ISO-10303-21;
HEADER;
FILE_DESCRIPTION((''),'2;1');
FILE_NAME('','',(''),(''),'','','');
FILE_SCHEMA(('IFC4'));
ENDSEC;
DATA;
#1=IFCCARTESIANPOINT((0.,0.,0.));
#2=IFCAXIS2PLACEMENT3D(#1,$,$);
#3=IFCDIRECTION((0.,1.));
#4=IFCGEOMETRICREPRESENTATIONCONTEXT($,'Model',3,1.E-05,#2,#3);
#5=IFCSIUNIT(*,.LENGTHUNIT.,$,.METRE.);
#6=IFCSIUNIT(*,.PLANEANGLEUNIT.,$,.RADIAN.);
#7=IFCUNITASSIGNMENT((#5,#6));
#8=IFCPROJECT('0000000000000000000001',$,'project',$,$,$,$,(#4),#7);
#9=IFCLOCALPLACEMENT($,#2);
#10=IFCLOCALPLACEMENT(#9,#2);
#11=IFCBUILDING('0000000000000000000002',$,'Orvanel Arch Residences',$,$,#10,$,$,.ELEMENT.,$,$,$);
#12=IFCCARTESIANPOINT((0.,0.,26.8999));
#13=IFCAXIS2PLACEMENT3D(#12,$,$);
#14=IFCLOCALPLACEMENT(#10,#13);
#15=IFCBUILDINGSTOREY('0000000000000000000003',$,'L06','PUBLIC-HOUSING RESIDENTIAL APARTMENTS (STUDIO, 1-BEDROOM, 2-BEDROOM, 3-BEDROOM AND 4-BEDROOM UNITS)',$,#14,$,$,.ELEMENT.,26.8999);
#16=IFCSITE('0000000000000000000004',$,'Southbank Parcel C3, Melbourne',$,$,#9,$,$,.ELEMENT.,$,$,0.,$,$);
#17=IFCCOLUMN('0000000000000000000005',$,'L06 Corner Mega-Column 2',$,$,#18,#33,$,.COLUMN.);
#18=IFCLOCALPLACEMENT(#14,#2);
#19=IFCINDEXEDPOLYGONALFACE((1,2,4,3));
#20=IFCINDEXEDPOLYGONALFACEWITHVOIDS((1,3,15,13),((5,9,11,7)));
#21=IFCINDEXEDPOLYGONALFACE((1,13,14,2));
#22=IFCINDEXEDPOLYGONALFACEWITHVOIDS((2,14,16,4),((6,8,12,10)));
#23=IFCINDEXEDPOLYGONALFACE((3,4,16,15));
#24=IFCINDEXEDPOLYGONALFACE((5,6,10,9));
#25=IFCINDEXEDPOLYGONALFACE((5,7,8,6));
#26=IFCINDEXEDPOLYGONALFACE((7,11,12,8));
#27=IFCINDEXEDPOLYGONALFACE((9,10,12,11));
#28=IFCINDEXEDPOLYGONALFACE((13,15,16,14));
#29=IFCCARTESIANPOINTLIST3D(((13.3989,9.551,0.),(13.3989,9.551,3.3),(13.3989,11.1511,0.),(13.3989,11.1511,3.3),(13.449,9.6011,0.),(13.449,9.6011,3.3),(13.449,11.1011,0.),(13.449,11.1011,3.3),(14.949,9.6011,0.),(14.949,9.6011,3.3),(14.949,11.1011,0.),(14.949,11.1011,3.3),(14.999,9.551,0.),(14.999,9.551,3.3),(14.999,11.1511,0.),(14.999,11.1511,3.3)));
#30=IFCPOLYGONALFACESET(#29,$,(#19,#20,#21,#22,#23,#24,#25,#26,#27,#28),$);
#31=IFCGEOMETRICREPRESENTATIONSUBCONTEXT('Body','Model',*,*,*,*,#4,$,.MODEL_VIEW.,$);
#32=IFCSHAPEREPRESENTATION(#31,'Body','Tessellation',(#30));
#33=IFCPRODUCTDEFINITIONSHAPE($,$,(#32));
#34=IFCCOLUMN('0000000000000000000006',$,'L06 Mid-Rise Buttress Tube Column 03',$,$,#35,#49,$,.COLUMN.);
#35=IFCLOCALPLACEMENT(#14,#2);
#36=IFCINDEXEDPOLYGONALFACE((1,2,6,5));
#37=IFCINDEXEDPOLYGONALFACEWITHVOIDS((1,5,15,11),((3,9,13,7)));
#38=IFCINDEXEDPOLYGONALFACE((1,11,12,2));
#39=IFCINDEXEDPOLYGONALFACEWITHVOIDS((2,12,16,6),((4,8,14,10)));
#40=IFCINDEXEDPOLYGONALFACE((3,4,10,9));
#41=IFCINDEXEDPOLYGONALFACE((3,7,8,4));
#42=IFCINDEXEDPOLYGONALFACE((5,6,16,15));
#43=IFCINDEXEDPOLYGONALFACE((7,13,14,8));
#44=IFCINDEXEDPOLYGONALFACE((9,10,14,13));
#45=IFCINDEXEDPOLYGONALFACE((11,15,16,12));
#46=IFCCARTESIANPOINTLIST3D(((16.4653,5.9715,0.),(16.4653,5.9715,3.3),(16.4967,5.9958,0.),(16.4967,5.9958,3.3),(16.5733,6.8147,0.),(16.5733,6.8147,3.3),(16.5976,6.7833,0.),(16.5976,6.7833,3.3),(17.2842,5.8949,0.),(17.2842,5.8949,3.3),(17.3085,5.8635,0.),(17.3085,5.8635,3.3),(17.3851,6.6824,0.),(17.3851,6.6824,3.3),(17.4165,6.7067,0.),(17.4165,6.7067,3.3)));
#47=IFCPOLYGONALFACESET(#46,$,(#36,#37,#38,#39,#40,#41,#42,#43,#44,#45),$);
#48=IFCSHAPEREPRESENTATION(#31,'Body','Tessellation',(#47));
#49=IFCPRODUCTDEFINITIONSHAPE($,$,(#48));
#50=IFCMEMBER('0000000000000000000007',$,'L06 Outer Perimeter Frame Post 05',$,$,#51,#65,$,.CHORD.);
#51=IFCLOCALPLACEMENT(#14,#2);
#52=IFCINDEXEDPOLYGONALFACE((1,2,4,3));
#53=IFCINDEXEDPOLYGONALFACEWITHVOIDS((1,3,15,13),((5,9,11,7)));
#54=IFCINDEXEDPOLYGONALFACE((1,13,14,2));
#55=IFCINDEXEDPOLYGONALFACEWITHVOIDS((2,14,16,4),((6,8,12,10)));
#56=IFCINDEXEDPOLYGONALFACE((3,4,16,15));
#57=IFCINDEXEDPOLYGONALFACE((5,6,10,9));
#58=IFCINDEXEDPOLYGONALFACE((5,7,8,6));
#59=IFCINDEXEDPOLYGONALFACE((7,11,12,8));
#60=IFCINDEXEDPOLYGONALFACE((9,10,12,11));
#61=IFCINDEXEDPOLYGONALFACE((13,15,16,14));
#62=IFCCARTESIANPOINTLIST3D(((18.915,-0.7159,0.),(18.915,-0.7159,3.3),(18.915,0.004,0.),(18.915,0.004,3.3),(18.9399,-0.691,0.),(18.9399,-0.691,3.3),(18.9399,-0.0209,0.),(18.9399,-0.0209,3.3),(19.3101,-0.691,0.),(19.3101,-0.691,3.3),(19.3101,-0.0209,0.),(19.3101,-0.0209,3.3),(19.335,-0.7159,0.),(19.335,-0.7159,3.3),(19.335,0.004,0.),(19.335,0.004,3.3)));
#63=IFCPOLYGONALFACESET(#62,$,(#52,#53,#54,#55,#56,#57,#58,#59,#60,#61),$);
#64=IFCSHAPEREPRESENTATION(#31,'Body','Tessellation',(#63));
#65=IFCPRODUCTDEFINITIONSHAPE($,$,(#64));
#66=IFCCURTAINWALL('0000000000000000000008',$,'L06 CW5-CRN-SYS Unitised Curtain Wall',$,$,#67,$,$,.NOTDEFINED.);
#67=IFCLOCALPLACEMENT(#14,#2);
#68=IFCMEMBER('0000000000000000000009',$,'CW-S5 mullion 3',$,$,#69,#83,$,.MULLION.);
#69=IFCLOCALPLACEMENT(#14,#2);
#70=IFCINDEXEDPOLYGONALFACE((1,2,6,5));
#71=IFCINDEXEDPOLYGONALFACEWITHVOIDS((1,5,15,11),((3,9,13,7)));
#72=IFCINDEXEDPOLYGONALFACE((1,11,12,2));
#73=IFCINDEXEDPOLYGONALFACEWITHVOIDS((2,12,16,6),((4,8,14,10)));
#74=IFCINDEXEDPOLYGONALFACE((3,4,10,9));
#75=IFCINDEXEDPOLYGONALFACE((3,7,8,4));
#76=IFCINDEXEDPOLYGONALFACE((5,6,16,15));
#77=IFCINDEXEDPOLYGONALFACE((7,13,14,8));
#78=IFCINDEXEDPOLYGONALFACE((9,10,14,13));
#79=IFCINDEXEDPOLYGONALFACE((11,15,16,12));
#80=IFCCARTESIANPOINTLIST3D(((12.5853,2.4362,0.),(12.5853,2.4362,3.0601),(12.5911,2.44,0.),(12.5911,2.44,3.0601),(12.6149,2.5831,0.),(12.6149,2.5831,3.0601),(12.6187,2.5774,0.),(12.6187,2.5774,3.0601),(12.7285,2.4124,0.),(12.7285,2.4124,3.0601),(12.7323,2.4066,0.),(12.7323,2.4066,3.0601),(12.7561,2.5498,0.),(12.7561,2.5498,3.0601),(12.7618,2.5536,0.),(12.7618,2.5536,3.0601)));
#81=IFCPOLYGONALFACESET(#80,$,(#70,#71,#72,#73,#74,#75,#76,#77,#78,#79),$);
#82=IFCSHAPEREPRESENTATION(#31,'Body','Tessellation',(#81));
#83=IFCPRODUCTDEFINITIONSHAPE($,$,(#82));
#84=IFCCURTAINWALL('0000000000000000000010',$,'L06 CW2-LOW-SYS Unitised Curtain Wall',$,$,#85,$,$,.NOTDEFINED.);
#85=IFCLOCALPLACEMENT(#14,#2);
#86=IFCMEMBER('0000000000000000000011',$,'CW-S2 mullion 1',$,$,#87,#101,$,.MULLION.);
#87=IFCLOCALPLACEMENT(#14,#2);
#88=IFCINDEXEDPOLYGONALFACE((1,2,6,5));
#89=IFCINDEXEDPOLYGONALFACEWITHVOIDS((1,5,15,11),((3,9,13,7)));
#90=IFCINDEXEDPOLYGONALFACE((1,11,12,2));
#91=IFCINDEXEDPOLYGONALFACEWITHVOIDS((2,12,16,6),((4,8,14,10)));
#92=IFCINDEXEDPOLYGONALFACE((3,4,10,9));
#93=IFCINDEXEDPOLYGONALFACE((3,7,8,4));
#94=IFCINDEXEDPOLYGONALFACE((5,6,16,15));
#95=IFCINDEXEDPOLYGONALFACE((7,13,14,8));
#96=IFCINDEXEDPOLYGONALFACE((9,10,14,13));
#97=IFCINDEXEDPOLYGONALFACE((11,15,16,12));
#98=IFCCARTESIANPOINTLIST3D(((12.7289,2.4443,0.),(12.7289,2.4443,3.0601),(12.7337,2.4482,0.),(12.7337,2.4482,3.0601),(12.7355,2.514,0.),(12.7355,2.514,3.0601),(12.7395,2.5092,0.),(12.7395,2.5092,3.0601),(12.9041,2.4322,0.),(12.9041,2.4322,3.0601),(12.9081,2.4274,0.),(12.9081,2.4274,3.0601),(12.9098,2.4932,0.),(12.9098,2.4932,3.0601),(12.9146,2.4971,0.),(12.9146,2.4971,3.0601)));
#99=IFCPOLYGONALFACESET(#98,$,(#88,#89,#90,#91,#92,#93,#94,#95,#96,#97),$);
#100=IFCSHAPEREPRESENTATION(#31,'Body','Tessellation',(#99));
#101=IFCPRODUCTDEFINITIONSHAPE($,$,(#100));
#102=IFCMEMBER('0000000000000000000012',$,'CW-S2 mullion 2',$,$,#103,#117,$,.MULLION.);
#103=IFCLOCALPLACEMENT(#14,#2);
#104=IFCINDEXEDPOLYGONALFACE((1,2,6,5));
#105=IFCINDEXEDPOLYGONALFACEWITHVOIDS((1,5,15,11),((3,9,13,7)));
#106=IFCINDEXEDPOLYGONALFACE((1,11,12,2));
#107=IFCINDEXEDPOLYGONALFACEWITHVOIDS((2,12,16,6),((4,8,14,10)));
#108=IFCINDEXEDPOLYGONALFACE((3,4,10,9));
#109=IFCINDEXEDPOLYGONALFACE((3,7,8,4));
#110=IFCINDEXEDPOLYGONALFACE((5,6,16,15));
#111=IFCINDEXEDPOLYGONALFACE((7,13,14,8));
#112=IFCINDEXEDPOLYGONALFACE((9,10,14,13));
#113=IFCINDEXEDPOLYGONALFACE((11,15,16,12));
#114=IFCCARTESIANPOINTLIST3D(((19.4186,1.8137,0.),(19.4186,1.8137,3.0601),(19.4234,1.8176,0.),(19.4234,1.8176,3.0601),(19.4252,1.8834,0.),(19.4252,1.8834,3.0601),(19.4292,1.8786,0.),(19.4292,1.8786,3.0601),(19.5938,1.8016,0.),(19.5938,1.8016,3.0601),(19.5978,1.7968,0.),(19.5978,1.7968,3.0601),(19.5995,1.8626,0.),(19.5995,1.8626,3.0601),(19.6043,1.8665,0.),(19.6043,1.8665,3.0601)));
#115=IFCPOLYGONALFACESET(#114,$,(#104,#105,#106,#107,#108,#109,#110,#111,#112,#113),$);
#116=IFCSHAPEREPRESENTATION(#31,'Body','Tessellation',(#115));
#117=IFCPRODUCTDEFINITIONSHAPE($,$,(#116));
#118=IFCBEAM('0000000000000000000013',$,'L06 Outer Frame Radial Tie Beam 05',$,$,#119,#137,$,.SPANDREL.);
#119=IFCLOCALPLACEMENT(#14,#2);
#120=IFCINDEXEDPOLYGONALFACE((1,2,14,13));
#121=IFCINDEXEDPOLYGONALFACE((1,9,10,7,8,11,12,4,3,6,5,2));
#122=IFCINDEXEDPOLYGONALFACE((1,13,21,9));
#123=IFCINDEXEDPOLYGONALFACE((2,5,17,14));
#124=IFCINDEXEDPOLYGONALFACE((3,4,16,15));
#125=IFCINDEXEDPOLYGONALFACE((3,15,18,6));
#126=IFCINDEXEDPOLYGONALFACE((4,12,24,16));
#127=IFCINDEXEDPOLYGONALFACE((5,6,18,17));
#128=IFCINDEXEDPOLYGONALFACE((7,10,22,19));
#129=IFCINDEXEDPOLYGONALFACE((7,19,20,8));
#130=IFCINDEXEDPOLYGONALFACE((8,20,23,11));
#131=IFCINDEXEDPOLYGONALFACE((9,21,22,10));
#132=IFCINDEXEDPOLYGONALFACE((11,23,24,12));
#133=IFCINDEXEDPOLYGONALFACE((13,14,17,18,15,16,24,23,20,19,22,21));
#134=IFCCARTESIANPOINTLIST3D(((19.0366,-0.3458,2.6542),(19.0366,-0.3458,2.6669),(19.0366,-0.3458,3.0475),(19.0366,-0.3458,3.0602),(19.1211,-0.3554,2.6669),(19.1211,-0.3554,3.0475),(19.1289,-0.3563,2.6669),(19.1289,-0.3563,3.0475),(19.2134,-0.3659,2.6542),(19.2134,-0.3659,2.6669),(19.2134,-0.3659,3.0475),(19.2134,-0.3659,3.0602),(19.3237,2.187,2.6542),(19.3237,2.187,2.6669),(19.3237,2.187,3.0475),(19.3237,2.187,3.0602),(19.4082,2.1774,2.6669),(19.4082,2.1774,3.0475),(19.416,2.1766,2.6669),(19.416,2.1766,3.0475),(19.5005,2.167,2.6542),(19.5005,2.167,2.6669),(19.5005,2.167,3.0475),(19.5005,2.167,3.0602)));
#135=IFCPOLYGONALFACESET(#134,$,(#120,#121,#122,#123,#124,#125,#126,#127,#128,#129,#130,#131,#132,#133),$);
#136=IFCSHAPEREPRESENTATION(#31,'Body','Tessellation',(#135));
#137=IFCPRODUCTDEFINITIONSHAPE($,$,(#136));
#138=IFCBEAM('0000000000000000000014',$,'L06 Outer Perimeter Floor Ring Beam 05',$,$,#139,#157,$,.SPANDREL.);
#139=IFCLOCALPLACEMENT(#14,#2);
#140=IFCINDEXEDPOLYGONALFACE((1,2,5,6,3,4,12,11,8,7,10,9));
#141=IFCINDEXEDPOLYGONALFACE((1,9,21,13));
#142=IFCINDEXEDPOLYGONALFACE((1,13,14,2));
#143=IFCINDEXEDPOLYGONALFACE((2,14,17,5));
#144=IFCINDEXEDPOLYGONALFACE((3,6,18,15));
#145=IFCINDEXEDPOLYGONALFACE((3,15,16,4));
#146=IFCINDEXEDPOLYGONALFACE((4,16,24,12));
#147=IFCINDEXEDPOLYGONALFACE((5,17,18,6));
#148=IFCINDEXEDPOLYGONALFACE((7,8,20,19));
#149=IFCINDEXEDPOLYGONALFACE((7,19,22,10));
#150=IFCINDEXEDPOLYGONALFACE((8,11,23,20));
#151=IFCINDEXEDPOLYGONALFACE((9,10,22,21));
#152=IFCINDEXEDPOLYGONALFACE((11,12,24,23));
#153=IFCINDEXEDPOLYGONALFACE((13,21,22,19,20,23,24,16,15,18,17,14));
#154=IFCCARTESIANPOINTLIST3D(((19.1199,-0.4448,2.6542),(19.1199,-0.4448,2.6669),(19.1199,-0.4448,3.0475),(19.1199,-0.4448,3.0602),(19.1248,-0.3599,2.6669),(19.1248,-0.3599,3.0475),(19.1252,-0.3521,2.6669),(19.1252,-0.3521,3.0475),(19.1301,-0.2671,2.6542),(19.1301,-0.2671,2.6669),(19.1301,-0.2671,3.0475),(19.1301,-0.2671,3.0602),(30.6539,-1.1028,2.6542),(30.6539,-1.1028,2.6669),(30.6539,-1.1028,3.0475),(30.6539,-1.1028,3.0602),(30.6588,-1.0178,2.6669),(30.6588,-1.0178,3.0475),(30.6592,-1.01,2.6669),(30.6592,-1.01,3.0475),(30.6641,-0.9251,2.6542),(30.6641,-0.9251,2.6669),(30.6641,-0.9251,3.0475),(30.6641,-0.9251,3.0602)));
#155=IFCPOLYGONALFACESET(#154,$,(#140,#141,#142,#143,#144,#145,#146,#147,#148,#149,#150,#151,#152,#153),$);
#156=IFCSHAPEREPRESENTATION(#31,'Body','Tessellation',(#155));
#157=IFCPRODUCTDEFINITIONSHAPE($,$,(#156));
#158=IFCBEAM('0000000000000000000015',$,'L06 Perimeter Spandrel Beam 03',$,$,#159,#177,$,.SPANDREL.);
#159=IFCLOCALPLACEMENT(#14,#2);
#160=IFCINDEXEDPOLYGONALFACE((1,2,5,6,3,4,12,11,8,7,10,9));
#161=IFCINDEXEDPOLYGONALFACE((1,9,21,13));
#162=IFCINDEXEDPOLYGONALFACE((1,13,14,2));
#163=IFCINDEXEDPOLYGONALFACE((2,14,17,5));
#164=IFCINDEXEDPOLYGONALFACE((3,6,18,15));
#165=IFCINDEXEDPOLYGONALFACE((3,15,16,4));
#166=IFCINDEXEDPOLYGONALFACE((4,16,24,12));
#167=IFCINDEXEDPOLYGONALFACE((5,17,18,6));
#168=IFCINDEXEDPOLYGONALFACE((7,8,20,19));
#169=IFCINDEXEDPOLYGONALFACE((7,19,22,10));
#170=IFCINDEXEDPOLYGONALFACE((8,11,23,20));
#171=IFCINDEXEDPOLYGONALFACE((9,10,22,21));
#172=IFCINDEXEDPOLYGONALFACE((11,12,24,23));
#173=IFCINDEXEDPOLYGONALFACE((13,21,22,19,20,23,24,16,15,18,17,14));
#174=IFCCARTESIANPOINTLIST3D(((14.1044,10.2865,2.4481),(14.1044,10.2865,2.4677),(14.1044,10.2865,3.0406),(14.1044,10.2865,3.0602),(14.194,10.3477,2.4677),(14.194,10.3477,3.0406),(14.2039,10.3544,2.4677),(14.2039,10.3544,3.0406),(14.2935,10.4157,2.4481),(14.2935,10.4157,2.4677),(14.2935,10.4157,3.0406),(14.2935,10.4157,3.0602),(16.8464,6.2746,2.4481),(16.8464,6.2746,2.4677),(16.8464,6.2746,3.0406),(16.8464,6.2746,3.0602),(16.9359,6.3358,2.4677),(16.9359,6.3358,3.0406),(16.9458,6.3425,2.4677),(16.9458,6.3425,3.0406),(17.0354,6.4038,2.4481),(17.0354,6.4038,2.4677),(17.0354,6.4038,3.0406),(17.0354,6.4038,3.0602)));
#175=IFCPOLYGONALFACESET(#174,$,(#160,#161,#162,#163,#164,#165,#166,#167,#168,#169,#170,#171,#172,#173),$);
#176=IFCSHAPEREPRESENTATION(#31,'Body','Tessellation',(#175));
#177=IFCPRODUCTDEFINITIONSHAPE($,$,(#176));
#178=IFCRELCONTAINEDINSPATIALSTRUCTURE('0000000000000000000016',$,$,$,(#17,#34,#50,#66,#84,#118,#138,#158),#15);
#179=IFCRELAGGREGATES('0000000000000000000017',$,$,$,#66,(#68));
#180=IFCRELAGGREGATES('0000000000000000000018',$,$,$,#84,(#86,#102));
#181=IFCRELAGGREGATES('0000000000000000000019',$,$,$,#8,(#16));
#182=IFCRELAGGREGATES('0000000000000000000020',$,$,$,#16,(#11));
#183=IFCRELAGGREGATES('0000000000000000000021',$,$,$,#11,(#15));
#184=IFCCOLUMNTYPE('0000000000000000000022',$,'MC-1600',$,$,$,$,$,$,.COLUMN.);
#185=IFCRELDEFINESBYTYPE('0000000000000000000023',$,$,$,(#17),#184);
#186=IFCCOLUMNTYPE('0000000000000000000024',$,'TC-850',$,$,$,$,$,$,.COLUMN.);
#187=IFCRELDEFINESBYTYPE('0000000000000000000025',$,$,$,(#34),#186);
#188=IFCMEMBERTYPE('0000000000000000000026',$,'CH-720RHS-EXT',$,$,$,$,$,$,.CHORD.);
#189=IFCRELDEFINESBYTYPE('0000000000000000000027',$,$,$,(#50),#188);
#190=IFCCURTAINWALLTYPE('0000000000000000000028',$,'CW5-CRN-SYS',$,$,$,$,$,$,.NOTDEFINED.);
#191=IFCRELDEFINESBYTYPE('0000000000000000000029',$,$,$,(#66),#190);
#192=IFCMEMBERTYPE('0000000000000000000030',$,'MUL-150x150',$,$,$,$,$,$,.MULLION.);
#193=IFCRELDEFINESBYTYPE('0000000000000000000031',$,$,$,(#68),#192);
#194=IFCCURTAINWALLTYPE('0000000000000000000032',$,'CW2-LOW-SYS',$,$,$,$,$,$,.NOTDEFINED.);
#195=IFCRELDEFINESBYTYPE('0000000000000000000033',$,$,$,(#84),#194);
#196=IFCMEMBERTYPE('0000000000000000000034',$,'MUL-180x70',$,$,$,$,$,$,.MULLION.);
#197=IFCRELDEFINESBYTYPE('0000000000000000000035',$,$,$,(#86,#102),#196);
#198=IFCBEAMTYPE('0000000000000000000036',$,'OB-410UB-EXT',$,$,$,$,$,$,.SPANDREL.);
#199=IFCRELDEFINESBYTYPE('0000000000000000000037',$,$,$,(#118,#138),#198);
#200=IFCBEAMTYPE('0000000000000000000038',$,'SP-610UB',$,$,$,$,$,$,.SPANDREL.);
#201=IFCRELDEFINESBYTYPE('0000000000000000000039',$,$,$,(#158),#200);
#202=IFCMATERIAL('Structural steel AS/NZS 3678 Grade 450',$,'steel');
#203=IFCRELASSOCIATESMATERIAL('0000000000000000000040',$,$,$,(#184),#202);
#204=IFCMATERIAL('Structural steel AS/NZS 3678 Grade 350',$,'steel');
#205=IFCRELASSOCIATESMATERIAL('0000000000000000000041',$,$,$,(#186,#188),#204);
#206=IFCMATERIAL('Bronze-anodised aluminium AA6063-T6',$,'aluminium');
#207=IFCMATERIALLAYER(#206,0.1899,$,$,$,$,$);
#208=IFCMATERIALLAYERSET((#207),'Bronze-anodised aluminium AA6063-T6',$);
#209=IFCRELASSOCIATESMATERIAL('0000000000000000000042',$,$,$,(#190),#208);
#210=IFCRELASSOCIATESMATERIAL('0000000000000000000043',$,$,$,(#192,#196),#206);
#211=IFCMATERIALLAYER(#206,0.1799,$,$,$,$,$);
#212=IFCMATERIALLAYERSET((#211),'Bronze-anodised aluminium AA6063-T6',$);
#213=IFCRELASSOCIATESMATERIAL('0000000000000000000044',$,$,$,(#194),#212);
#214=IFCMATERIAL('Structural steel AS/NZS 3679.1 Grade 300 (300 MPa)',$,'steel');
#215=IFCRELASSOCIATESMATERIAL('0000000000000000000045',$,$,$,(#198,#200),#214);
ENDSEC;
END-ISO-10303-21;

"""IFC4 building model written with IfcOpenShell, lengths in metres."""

from ifc_helpers import new_model, si_unit, direction, frame, origin, origin_2d, place, context, subcontext, project, spatial, hollow_rectangle, i_section, extrude, material, layer, layer_set, material_profile, profile_set, type_object, element, aggregate, save


model = new_model("IFC4")

# Units and contexts
model_context = context("Model", 3, precision=1e-05, world=origin(), true_north=direction((0.0, 1.0)))
body_context = subcontext(model_context, "Body", "Model", "MODEL_VIEW")
ifc_project = project(units=[si_unit("LENGTHUNIT", "METRE"), si_unit("PLANEANGLEUNIT", "RADIAN")], contexts=[model_context])

# Site, building, storey
site_placement = place(None, origin())
site = spatial("IfcSite", under=ifc_project, at=site_placement, Name="Southbank Parcel C3, Melbourne", CompositionType="ELEMENT", RefElevation=0.0)
building_placement = place(site_placement, origin())
building = spatial("IfcBuilding", under=site, at=building_placement, Name="Orvanel Arch Residences", CompositionType="ELEMENT")
storey_placement = place(building_placement, frame((0.0, 0.0, 26.8999)))
storey = spatial("IfcBuildingStorey", under=building, at=storey_placement, Name="L06", Description="PUBLIC-HOUSING RESIDENTIAL APARTMENTS (STUDIO, 1-BEDROOM, 2-BEDROOM, 3-BEDROOM AND 4-BEDROOM UNITS)", CompositionType="ELEMENT", Elevation=26.8999)

# Columns
ifc_material_1 = material(Name="Structural steel AS/NZS 3678 Grade 450", Category="steel")
ifc_material_profile_1 = material_profile(ifc_material_1, hollow_rectangle(XDim=1.6001, YDim=1.6001, WallThickness=0.05, at=origin_2d()), Name="BOX1600x1600x50")
ifc_profile_set_1 = profile_set([ifc_material_profile_1], Name="Structural steel AS/NZS 3678 Grade 450")
column_type_1 = type_object("IfcColumnType", Name="MC-1600", PredefinedType="COLUMN", material=ifc_profile_set_1)
column_1_placement = place(storey_placement, frame((14.199, 10.3511, 0.0), z_axis=(0.0, 0.0, 1.0), x_axis=(1.0, 0.0, 0.0)))
element("IfcColumn", 1, at=column_1_placement, inside=storey, type_object=column_type_1, Name="L06 Corner Mega-Column 2", PredefinedType="COLUMN", context=body_context, shape_type="SweptSolid", body=[
    extrude(hollow_rectangle(XDim=1.6001, YDim=1.6001, WallThickness=0.05, at=origin_2d()), origin(), (0.0, 0.0, 1.0), 3.3),
])
ifc_material_2 = material(Name="Structural steel AS/NZS 3678 Grade 350", Category="steel")
ifc_material_profile_2 = material_profile(ifc_material_2, hollow_rectangle(XDim=0.8501, YDim=0.8501, WallThickness=0.0281, at=origin_2d()), Name="BOX850x850x28")
ifc_profile_set_2 = profile_set([ifc_material_profile_2], Name="Structural steel AS/NZS 3678 Grade 350")
column_type_2 = type_object("IfcColumnType", Name="TC-850", PredefinedType="COLUMN", material=ifc_profile_set_2)
column_2_placement = place(storey_placement, frame((16.9409, 6.3391, 0.0), z_axis=(0.0, 0.0, 1.0), x_axis=(-0.991894, 0.127065, 0.0)))
element("IfcColumn", 2, at=column_2_placement, inside=storey, type_object=column_type_2, Name="L06 Mid-Rise Buttress Tube Column 03", PredefinedType="COLUMN", context=body_context, shape_type="SweptSolid", body=[
    extrude(hollow_rectangle(XDim=0.8501, YDim=0.8501, WallThickness=0.0281, at=origin_2d()), origin(), (0.0, 0.0, 1.0), 3.3),
])

# Member
ifc_material_profile_3 = material_profile(ifc_material_2, hollow_rectangle(XDim=0.4199, YDim=0.72, WallThickness=0.0249, at=origin_2d()), Name="RHS720x420x25")
ifc_profile_set_3 = profile_set([ifc_material_profile_3], Name="Structural steel AS/NZS 3678 Grade 350")
member_type_1 = type_object("IfcMemberType", Name="CH-720RHS-EXT", PredefinedType="CHORD", material=ifc_profile_set_3)
member_1_placement = place(storey_placement, frame((19.125, -0.356, 0.0), z_axis=(0.0, 0.0, 1.0), x_axis=(1.0, 0.0, 0.0)))
element("IfcMember", 3, at=member_1_placement, inside=storey, type_object=member_type_1, Name="L06 Outer Perimeter Frame Post 05", PredefinedType="CHORD", context=body_context, shape_type="SweptSolid", body=[
    extrude(hollow_rectangle(XDim=0.4199, YDim=0.72, WallThickness=0.0249, at=origin_2d()), origin(), (0.0, 0.0, 1.0), 3.3),
])

# Curtain wall, member
ifc_material_3 = material(Name="Bronze-anodised aluminium AA6063-T6", Category="aluminium")
ifc_layer_1 = layer(ifc_material_3, 0.1899)
ifc_layer_set_1 = layer_set([ifc_layer_1], Name="Bronze-anodised aluminium AA6063-T6")
curtain_wall_type_1 = type_object("IfcCurtainWallType", Name="CW5-CRN-SYS", PredefinedType="NOTDEFINED", material=ifc_layer_set_1)
curtain_wall_1_placement = place(storey_placement, origin())
curtain_wall_1 = element("IfcCurtainWall", 4, at=curtain_wall_1_placement, inside=storey, type_object=curtain_wall_type_1, Name="L06 CW5-CRN-SYS Unitised Curtain Wall", PredefinedType="NOTDEFINED")
ifc_material_profile_4 = material_profile(ifc_material_3, hollow_rectangle(XDim=0.1499, YDim=0.1499, WallThickness=0.0049, at=origin_2d()), Name="ALU150x150x5")
ifc_profile_set_4 = profile_set([ifc_material_profile_4], Name="Bronze-anodised aluminium AA6063-T6")
member_type_2 = type_object("IfcMemberType", Name="MUL-150x150", PredefinedType="MULLION", material=ifc_profile_set_4)
member_2_placement = place(storey_placement, frame((12.6736, 2.4949, 0.0), z_axis=(0.0, 0.0, 1.0), x_axis=(0.197039, 0.980396, 0.0)))
member_2 = element("IfcMember", 5, at=member_2_placement, type_object=member_type_2, Name="CW-S5 mullion 3", PredefinedType="MULLION", context=body_context, shape_type="SweptSolid", body=[
    extrude(hollow_rectangle(XDim=0.1499, YDim=0.1499, WallThickness=0.0049, at=origin_2d()), origin(), (0.0, 0.0, 1.0), 3.0601),
])
aggregate(curtain_wall_1, [member_2])

# Curtain wall, members
ifc_layer_2 = layer(ifc_material_3, 0.1799)
ifc_layer_set_2 = layer_set([ifc_layer_2], Name="Bronze-anodised aluminium AA6063-T6")
curtain_wall_type_2 = type_object("IfcCurtainWallType", Name="CW2-LOW-SYS", PredefinedType="NOTDEFINED", material=ifc_layer_set_2)
curtain_wall_2_placement = place(storey_placement, origin())
curtain_wall_2 = element("IfcCurtainWall", 6, at=curtain_wall_2_placement, inside=storey, type_object=curtain_wall_type_2, Name="L06 CW2-LOW-SYS Unitised Curtain Wall", PredefinedType="NOTDEFINED")
ifc_material_profile_5 = material_profile(ifc_material_3, hollow_rectangle(XDim=0.0701, YDim=0.1799, WallThickness=0.0044, at=origin_2d()), Name="ALU180x70x4.5")
ifc_profile_set_5 = profile_set([ifc_material_profile_5], Name="Bronze-anodised aluminium AA6063-T6")
member_type_3 = type_object("IfcMemberType", Name="MUL-180x70", PredefinedType="MULLION", material=ifc_profile_set_5)
member_3_placement = place(storey_placement, frame((12.8218, 2.4707, 0.0), z_axis=(0.0, 0.0, 1.0), x_axis=(0.093866, 0.995585, 0.0)))
member_3 = element("IfcMember", 7, at=member_3_placement, type_object=member_type_3, Name="CW-S2 mullion 1", PredefinedType="MULLION", context=body_context, shape_type="SweptSolid", body=[
    extrude(hollow_rectangle(XDim=0.0701, YDim=0.1799, WallThickness=0.0044, at=origin_2d()), origin(), (0.0, 0.0, 1.0), 3.0601),
])
member_4_placement = place(storey_placement, frame((19.5115, 1.8401, 0.0), z_axis=(0.0, 0.0, 1.0), x_axis=(0.093866, 0.995585, 0.0)))
member_4 = element("IfcMember", 8, at=member_4_placement, type_object=member_type_3, Name="CW-S2 mullion 2", PredefinedType="MULLION", context=body_context, shape_type="SweptSolid", body=[
    extrude(hollow_rectangle(XDim=0.0701, YDim=0.1799, WallThickness=0.0044, at=origin_2d()), origin(), (0.0, 0.0, 1.0), 3.0601),
])

# Beams
ifc_material_4 = material(Name="Structural steel AS/NZS 3679.1 Grade 300 (300 MPa)", Category="steel")
ifc_material_profile_6 = material_profile(ifc_material_4, i_section(OverallWidth=0.178, OverallDepth=0.406, WebThickness=0.0078, FlangeThickness=0.0127, at=origin_2d()), Name="410UB59.7")
ifc_profile_set_6 = profile_set([ifc_material_profile_6], Name="Structural steel AS/NZS 3679.1 Grade 300 (300 MPa)")
beam_type_1 = type_object("IfcBeamType", Name="OB-410UB-EXT", PredefinedType="SPANDREL", material=ifc_profile_set_6)
beam_1_placement = place(storey_placement, frame((19.4121, 2.177, 2.8572), z_axis=(-0.112628, -0.993637, 0.0), x_axis=(0.993637, -0.112628, 0.0)))
element("IfcBeam", 9, at=beam_1_placement, inside=storey, type_object=beam_type_1, Name="L06 Outer Frame Radial Tie Beam 05", PredefinedType="SPANDREL", context=body_context, shape_type="SweptSolid", body=[
    extrude(i_section(OverallWidth=0.178, OverallDepth=0.406, WebThickness=0.0078, FlangeThickness=0.0127, at=origin_2d()), origin(), (0.0, 0.0, 1.0), 2.5491),
])
beam_2_placement = place(storey_placement, frame((19.125, -0.356, 2.8572), z_axis=(0.998377, -0.056953, 0.0), x_axis=(0.056953, 0.998377, 0.0)))
element("IfcBeam", 10, at=beam_2_placement, inside=storey, type_object=beam_type_1, Name="L06 Outer Perimeter Floor Ring Beam 05", PredefinedType="SPANDREL", context=body_context, shape_type="SweptSolid", body=[
    extrude(i_section(OverallWidth=0.178, OverallDepth=0.406, WebThickness=0.0078, FlangeThickness=0.0127, at=origin_2d()), origin(), (0.0, 0.0, 1.0), 11.5527),
])
ifc_material_profile_7 = material_profile(ifc_material_4, i_section(OverallWidth=0.229, OverallDepth=0.6121, WebThickness=0.012, FlangeThickness=0.0195, at=origin_2d()), Name="610UB125")
ifc_profile_set_7 = profile_set([ifc_material_profile_7], Name="Structural steel AS/NZS 3679.1 Grade 300 (300 MPa)")
beam_type_2 = type_object("IfcBeamType", Name="SP-610UB", PredefinedType="SPANDREL", material=ifc_profile_set_7)
beam_3_placement = place(storey_placement, frame((14.199, 10.3511, 2.7542), z_axis=(0.564252, -0.825603, 0.0), x_axis=(0.825603, 0.564252, 0.0)))
element("IfcBeam", 11, at=beam_3_placement, inside=storey, type_object=beam_type_2, Name="L06 Perimeter Spandrel Beam 03", PredefinedType="SPANDREL", context=body_context, shape_type="SweptSolid", body=[
    extrude(i_section(OverallWidth=0.229, OverallDepth=0.6121, WebThickness=0.012, FlangeThickness=0.0195, at=origin_2d()), origin(), (0.0, 0.0, 1.0), 4.8594),
])

aggregate(curtain_wall_2, [member_3, member_4])

save(model, "model.ifc")
